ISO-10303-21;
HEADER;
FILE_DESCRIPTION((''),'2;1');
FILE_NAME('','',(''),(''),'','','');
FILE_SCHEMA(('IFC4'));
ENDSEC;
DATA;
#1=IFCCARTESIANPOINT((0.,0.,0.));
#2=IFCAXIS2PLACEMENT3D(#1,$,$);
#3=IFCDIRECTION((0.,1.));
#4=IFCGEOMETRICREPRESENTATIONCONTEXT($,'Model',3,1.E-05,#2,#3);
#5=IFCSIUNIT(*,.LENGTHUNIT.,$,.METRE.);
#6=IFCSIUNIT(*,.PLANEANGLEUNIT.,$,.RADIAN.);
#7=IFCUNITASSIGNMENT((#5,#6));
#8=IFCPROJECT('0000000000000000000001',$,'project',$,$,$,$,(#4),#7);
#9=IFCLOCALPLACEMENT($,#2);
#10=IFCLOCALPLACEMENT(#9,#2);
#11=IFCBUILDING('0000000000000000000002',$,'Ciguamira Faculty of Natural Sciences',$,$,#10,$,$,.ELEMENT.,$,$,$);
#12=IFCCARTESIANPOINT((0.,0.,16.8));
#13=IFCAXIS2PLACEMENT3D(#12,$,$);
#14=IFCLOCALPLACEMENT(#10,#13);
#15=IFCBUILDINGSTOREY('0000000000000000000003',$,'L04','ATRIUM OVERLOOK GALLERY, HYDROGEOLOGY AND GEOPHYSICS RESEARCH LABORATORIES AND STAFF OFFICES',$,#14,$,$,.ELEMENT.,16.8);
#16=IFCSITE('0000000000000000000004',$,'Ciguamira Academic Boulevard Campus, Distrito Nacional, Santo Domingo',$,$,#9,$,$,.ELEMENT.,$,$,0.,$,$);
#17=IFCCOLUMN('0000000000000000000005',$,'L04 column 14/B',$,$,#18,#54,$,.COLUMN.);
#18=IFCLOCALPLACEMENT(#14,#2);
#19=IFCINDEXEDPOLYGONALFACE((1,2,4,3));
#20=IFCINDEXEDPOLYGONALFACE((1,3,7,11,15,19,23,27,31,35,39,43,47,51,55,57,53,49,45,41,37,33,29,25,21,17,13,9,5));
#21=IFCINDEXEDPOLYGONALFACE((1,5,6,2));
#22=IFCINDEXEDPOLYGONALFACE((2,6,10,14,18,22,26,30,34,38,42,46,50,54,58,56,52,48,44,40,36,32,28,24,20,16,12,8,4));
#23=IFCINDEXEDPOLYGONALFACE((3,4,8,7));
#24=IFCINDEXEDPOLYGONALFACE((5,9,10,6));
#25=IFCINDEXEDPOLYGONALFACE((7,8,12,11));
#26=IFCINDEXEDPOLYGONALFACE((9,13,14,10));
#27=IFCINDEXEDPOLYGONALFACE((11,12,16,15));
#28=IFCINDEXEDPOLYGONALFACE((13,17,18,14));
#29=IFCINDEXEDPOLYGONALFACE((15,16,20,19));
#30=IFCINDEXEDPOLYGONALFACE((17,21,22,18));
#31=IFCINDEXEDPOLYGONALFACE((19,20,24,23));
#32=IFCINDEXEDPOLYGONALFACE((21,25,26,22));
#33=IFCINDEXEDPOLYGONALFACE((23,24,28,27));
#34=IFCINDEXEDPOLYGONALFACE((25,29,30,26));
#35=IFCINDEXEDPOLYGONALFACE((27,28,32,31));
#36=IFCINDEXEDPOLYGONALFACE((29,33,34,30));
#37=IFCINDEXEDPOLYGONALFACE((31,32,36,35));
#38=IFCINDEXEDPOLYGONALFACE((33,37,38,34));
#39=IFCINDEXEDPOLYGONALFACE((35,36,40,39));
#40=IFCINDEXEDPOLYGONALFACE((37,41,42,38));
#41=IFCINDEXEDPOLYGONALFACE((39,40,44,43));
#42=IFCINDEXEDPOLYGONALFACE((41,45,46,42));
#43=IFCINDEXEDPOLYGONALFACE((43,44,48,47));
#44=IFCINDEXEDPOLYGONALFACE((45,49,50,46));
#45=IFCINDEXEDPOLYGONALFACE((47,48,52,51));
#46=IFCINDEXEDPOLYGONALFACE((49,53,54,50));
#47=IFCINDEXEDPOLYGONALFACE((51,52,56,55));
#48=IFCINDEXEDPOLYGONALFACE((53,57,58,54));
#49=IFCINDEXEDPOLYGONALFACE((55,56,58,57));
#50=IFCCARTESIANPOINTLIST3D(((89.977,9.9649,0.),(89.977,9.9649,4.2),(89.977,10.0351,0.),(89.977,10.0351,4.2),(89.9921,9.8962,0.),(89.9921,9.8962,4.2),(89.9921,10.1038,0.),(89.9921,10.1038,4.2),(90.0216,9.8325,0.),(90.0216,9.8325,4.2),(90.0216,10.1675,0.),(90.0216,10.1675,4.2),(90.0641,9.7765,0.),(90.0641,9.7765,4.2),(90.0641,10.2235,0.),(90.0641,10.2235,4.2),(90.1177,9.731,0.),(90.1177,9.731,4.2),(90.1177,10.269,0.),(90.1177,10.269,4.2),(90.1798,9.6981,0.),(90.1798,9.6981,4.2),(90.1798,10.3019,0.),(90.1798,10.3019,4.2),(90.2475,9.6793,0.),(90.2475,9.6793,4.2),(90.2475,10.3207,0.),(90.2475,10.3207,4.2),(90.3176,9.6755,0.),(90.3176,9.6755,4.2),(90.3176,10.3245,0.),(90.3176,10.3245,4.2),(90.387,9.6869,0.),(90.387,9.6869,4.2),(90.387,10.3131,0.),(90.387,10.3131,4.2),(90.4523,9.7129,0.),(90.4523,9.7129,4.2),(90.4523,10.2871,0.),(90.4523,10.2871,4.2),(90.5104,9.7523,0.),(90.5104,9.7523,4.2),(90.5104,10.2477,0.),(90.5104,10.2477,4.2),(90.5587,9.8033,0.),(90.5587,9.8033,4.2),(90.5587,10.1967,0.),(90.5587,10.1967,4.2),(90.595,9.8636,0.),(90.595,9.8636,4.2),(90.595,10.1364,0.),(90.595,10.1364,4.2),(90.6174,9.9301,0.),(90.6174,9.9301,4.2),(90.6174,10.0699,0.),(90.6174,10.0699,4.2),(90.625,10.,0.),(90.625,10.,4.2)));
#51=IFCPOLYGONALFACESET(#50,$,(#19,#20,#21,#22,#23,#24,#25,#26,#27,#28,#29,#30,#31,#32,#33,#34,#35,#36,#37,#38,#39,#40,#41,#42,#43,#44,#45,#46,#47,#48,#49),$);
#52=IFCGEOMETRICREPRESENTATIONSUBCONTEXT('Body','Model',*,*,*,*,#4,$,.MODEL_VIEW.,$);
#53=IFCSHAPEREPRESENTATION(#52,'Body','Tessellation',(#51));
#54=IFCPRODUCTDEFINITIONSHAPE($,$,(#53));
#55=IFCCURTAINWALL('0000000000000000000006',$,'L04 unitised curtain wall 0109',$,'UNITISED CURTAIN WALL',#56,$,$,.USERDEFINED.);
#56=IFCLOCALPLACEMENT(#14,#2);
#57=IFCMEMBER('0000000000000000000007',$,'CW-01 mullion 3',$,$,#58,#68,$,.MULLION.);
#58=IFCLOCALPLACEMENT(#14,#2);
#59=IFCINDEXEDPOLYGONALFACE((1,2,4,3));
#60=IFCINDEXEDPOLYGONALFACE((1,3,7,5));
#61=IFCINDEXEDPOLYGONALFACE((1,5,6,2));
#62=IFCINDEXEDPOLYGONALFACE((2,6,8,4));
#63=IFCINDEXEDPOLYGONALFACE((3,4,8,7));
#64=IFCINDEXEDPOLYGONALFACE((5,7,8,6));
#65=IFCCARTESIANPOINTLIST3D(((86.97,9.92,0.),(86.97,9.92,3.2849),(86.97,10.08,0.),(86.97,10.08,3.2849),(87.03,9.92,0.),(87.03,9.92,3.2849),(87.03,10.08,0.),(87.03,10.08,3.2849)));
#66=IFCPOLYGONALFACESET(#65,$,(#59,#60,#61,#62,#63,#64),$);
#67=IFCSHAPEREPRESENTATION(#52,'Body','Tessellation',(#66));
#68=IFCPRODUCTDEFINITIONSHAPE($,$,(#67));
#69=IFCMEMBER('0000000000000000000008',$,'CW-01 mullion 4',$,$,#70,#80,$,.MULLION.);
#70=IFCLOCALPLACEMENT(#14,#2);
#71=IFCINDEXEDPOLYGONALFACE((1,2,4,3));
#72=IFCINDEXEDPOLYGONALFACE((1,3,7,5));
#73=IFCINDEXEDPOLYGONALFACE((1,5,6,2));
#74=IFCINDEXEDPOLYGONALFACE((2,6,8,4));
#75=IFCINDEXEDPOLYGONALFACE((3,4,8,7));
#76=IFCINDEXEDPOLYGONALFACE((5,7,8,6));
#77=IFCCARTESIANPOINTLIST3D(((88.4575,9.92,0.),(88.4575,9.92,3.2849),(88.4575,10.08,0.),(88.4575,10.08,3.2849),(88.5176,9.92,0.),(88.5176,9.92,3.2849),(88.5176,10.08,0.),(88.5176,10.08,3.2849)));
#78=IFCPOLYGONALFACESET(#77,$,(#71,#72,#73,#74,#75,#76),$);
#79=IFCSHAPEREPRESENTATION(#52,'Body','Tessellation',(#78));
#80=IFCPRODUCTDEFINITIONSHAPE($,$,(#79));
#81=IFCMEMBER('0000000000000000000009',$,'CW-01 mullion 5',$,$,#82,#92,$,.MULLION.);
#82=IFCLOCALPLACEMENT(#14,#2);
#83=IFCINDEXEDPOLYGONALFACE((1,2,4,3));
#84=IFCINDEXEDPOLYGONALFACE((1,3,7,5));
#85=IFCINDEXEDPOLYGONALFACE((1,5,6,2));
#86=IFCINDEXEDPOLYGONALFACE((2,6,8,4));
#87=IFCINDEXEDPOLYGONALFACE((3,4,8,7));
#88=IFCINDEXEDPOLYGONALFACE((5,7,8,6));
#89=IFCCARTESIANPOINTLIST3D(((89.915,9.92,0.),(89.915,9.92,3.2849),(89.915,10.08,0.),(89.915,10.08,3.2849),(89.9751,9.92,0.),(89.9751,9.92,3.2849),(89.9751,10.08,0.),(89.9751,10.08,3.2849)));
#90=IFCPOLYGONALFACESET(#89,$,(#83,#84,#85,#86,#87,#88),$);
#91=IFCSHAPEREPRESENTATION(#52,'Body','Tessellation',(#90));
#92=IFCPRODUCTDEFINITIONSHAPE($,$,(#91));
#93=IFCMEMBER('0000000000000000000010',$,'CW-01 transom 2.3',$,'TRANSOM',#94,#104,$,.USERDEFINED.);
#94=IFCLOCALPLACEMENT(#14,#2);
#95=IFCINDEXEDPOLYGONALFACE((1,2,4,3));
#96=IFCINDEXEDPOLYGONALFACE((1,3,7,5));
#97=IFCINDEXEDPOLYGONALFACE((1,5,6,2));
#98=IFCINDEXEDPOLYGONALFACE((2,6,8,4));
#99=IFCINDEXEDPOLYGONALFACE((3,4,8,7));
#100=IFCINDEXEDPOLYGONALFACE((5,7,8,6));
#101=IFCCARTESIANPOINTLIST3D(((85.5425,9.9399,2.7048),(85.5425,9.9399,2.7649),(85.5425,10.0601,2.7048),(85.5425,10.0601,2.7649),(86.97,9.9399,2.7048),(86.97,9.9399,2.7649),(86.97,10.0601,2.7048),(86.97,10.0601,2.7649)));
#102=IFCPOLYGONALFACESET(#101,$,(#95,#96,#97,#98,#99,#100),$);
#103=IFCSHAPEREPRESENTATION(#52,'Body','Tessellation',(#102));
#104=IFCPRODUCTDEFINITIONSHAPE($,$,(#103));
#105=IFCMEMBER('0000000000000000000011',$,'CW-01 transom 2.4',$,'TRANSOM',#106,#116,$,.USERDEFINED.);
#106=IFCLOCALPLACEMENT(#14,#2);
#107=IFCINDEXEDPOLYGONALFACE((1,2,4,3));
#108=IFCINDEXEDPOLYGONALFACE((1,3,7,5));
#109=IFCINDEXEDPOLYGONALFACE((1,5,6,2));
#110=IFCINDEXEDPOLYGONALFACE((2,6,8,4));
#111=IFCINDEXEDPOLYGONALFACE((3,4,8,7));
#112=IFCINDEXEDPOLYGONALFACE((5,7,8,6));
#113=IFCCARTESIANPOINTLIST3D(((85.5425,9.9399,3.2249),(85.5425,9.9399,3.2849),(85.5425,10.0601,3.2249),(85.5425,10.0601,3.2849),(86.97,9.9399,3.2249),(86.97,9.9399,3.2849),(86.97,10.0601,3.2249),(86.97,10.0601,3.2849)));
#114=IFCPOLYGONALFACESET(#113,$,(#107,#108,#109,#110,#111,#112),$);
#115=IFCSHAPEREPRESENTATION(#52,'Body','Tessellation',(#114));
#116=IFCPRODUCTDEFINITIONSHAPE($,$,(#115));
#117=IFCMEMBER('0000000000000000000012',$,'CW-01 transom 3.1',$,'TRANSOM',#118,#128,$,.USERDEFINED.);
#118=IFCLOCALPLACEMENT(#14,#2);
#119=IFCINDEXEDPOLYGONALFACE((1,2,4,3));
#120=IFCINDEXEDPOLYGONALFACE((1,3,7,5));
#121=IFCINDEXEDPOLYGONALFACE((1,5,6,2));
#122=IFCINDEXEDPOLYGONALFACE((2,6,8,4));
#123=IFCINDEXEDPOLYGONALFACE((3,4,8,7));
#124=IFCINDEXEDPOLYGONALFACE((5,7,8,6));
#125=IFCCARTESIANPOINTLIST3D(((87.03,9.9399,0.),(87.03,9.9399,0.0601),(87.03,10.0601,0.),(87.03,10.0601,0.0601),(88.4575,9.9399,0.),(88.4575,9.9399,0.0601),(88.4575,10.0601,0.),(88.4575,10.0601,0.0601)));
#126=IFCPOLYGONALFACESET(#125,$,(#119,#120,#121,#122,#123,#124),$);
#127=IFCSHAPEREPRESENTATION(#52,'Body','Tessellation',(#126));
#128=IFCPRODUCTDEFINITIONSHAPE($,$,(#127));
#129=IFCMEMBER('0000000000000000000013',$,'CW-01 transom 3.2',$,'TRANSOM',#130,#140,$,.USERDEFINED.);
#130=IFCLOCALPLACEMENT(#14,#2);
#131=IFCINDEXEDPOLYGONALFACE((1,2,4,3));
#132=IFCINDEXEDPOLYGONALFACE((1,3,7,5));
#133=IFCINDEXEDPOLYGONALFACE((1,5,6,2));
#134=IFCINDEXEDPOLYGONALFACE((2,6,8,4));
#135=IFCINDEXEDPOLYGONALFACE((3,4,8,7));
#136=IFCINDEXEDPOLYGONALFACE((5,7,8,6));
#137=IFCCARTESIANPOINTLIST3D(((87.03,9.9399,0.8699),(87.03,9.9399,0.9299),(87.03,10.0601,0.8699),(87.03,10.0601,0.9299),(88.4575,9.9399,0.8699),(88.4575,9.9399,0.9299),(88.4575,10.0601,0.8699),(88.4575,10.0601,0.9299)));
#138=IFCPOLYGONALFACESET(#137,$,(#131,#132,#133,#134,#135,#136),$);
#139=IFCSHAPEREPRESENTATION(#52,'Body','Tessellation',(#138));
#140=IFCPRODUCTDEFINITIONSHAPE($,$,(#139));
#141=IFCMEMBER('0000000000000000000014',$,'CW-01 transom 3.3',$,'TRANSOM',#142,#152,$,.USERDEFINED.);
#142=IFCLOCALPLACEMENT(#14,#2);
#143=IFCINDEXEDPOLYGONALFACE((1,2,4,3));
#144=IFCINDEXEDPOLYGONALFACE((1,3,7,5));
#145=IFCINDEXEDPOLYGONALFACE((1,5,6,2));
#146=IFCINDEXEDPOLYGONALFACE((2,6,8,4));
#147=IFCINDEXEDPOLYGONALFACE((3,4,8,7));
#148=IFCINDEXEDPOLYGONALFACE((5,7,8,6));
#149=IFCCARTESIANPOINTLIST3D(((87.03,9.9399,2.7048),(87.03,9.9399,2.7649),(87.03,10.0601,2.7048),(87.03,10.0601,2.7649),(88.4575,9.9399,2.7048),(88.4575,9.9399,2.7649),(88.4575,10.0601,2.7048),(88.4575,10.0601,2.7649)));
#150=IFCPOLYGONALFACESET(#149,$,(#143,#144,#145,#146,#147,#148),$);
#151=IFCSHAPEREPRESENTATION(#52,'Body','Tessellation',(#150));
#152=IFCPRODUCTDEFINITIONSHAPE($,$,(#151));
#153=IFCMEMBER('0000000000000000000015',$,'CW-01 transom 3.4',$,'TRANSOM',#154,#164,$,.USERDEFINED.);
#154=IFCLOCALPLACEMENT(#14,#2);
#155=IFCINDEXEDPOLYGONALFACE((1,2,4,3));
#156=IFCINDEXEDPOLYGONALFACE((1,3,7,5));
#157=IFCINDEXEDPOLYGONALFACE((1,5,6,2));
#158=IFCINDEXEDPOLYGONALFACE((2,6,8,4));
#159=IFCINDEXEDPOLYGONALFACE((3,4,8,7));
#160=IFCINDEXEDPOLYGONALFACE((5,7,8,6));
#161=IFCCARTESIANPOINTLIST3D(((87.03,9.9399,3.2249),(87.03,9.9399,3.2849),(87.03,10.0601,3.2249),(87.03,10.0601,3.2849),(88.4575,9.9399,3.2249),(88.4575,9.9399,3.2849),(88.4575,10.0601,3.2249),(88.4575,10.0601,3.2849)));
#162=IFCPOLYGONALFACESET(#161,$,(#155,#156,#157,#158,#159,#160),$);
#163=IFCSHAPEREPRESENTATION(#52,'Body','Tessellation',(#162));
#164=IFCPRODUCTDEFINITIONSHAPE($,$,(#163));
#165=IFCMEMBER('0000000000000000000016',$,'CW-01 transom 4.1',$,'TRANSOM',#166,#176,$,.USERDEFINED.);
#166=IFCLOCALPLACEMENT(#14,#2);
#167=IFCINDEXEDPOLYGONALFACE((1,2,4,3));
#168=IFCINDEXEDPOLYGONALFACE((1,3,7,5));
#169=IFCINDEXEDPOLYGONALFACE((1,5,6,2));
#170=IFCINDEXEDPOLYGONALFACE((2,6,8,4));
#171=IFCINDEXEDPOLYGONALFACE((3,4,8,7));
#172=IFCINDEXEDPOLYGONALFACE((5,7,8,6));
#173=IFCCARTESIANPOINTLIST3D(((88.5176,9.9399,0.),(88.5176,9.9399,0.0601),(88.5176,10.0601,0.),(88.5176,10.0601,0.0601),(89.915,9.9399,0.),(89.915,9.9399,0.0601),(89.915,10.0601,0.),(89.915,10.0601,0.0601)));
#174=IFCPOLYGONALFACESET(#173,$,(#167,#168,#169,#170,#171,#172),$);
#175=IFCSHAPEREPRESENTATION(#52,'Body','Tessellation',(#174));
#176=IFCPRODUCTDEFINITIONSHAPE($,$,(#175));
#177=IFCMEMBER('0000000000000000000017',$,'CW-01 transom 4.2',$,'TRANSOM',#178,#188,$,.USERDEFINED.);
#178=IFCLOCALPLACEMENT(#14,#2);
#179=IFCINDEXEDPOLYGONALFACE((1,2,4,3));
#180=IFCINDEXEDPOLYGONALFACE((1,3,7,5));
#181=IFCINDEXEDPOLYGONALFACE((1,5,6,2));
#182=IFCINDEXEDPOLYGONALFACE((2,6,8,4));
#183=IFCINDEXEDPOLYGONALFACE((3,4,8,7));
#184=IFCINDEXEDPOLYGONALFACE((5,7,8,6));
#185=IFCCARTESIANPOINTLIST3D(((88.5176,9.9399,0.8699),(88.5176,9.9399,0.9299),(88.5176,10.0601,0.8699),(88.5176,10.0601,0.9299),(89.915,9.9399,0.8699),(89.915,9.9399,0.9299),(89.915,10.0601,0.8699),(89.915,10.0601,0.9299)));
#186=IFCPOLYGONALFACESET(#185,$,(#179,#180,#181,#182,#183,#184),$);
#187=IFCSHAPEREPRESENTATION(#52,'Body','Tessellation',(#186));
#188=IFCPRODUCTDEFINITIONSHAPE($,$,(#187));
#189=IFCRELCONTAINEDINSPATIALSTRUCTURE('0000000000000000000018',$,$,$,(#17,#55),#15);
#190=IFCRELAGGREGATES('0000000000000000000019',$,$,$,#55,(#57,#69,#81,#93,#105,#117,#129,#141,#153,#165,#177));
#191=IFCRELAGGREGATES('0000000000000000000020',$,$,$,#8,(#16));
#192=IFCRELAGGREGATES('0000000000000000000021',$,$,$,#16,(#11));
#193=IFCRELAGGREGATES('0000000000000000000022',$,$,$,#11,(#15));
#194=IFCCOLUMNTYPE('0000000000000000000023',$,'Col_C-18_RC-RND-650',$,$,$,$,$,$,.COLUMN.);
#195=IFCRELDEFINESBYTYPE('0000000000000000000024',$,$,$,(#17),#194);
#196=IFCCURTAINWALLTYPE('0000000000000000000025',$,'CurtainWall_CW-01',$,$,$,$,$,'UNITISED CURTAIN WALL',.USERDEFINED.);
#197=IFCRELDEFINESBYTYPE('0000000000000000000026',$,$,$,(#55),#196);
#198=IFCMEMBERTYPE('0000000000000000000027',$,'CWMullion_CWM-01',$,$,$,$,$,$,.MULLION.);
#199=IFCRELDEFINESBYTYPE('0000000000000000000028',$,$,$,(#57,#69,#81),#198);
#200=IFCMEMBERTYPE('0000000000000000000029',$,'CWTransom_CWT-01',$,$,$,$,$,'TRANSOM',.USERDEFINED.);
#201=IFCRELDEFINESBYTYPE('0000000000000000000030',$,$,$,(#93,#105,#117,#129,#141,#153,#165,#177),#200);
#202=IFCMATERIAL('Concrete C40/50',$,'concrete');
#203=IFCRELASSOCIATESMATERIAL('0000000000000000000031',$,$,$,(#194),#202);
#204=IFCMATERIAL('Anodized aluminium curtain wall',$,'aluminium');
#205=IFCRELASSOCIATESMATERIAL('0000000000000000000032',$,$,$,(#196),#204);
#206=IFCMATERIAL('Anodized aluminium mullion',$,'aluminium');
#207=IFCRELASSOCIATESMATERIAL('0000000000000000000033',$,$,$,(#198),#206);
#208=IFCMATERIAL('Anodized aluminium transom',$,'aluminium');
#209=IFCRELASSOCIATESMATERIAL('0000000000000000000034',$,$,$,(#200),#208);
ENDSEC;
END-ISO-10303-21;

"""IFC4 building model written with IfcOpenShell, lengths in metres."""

from ifc_helpers import new_model, si_unit, direction, frame, origin, origin_2d, place, context, subcontext, project, spatial, rectangle, circle, extrude, material, material_profile, profile_set, type_object, element, aggregate, save


model = new_model("IFC4")

# Units and contexts
model_context = context("Model", 3, precision=1e-05, world=origin(), true_north=direction((0.0, 1.0)))
body_context = subcontext(model_context, "Body", "Model", "MODEL_VIEW")
ifc_project = project(units=[si_unit("LENGTHUNIT", "METRE"), si_unit("PLANEANGLEUNIT", "RADIAN")], contexts=[model_context])

# Site, building, storey
site_placement = place(None, origin())
site = spatial("IfcSite", under=ifc_project, at=site_placement, Name="Ciguamira Academic Boulevard Campus, Distrito Nacional, Santo Domingo", CompositionType="ELEMENT", RefElevation=0.0)
building_placement = place(site_placement, origin())
building = spatial("IfcBuilding", under=site, at=building_placement, Name="Ciguamira Faculty of Natural Sciences", CompositionType="ELEMENT")
storey_placement = place(building_placement, frame((0.0, 0.0, 16.8)))
storey = spatial("IfcBuildingStorey", under=building, at=storey_placement, Name="L04", Description="ATRIUM OVERLOOK GALLERY, HYDROGEOLOGY AND GEOPHYSICS RESEARCH LABORATORIES AND STAFF OFFICES", CompositionType="ELEMENT", Elevation=16.8)

# Column
ifc_material_1 = material(Name="Concrete C40/50", Category="concrete")
ifc_material_profile_1 = material_profile(ifc_material_1, circle(Radius=0.325, at=origin_2d()), Name="RC-RND-650")
ifc_profile_set_1 = profile_set([ifc_material_profile_1], Name="Concrete C40/50")
column_type = type_object("IfcColumnType", Name="Col_C-18_RC-RND-650", PredefinedType="COLUMN", material=ifc_profile_set_1)
column_placement = place(storey_placement, frame((90.3, 10.0, 0.0), z_axis=(0.0, 0.0, 1.0), x_axis=(1.0, 0.0, 0.0)))
element("IfcColumn", 1, at=column_placement, inside=storey, type_object=column_type, Name="L04 column 14/B", PredefinedType="COLUMN", context=body_context, shape_type="SweptSolid", body=[
    extrude(circle(Radius=0.325, at=origin_2d()), origin(), (0.0, 0.0, 1.0), 4.2),
])

# Curtain wall, members
ifc_material_2 = material(Name="Anodized aluminium curtain wall", Category="aluminium")
curtain_wall_type = type_object("IfcCurtainWallType", Name="CurtainWall_CW-01", ElementType="UNITISED CURTAIN WALL", PredefinedType="USERDEFINED", material=ifc_material_2)
curtain_wall_placement = place(storey_placement, origin())
curtain_wall = element("IfcCurtainWall", 2, at=curtain_wall_placement, inside=storey, type_object=curtain_wall_type, Name="L04 unitised curtain wall 0109", ObjectType="UNITISED CURTAIN WALL", PredefinedType="USERDEFINED")
ifc_material_3 = material(Name="Anodized aluminium mullion", Category="aluminium")
ifc_material_profile_2 = material_profile(ifc_material_3, rectangle(XDim=0.0601, YDim=0.1599, at=origin_2d()), Name="ALU-MUL-60X160")
ifc_profile_set_2 = profile_set([ifc_material_profile_2], Name="Anodized aluminium mullion")
member_type_1 = type_object("IfcMemberType", Name="CWMullion_CWM-01", PredefinedType="MULLION", material=ifc_profile_set_2)
member_1_placement = place(storey_placement, frame((87.0, 10.0, 0.0), z_axis=(0.0, 0.0, 1.0), x_axis=(1.0, 0.0, 0.0)))
member_1 = element("IfcMember", 3, at=member_1_placement, type_object=member_type_1, Name="CW-01 mullion 3", PredefinedType="MULLION", context=body_context, shape_type="SweptSolid", body=[
    extrude(rectangle(XDim=0.0601, YDim=0.1599, at=origin_2d()), origin(), (0.0, 0.0, 1.0), 3.2849),
])
member_2_placement = place(storey_placement, frame((88.4875, 10.0, 0.0), z_axis=(0.0, 0.0, 1.0), x_axis=(1.0, 0.0, 0.0)))
member_2 = element("IfcMember", 4, at=member_2_placement, type_object=member_type_1, Name="CW-01 mullion 4", PredefinedType="MULLION", context=body_context, shape_type="SweptSolid", body=[
    extrude(rectangle(XDim=0.0601, YDim=0.1599, at=origin_2d()), origin(), (0.0, 0.0, 1.0), 3.2849),
])
member_3_placement = place(storey_placement, frame((89.9451, 10.0, 0.0), z_axis=(0.0, 0.0, 1.0), x_axis=(1.0, 0.0, 0.0)))
member_3 = element("IfcMember", 5, at=member_3_placement, type_object=member_type_1, Name="CW-01 mullion 5", PredefinedType="MULLION", context=body_context, shape_type="SweptSolid", body=[
    extrude(rectangle(XDim=0.0601, YDim=0.1599, at=origin_2d()), origin(), (0.0, 0.0, 1.0), 3.2849),
])
ifc_material_4 = material(Name="Anodized aluminium transom", Category="aluminium")
ifc_material_profile_3 = material_profile(ifc_material_4, rectangle(XDim=0.0601, YDim=0.1201, at=origin_2d()), Name="ALU-TRN-60X120")
ifc_profile_set_3 = profile_set([ifc_material_profile_3], Name="Anodized aluminium transom")
member_type_2 = type_object("IfcMemberType", Name="CWTransom_CWT-01", ElementType="TRANSOM", PredefinedType="USERDEFINED", material=ifc_profile_set_3)
member_4_placement = place(storey_placement, frame((85.5425, 10.0, 2.7349), z_axis=(1.0, 0.0, 0.0), x_axis=(0.0, 0.0, 1.0)))
member_4 = element("IfcMember", 6, at=member_4_placement, type_object=member_type_2, Name="CW-01 transom 2.3", ObjectType="TRANSOM", PredefinedType="USERDEFINED", context=body_context, shape_type="SweptSolid", body=[
    extrude(rectangle(XDim=0.0601, YDim=0.1201, at=origin_2d()), origin(), (0.0, 0.0, 1.0), 1.4275),
])
member_5_placement = place(storey_placement, frame((85.5425, 10.0, 3.2549), z_axis=(1.0, 0.0, 0.0), x_axis=(0.0, 0.0, 1.0)))
member_5 = element("IfcMember", 7, at=member_5_placement, type_object=member_type_2, Name="CW-01 transom 2.4", ObjectType="TRANSOM", PredefinedType="USERDEFINED", context=body_context, shape_type="SweptSolid", body=[
    extrude(rectangle(XDim=0.0601, YDim=0.1201, at=origin_2d()), origin(), (0.0, 0.0, 1.0), 1.4275),
])
member_6_placement = place(storey_placement, frame((87.03, 10.0, 0.03), z_axis=(1.0, 0.0, 0.0), x_axis=(0.0, 0.0, 1.0)))
member_6 = element("IfcMember", 8, at=member_6_placement, type_object=member_type_2, Name="CW-01 transom 3.1", ObjectType="TRANSOM", PredefinedType="USERDEFINED", context=body_context, shape_type="SweptSolid", body=[
    extrude(rectangle(XDim=0.0601, YDim=0.1201, at=origin_2d()), origin(), (0.0, 0.0, 1.0), 1.4275),
])
member_7_placement = place(storey_placement, frame((87.03, 10.0, 0.8999), z_axis=(1.0, 0.0, 0.0), x_axis=(0.0, 0.0, 1.0)))
member_7 = element("IfcMember", 9, at=member_7_placement, type_object=member_type_2, Name="CW-01 transom 3.2", ObjectType="TRANSOM", PredefinedType="USERDEFINED", context=body_context, shape_type="SweptSolid", body=[
    extrude(rectangle(XDim=0.0601, YDim=0.1201, at=origin_2d()), origin(), (0.0, 0.0, 1.0), 1.4275),
])
member_8_placement = place(storey_placement, frame((87.03, 10.0, 2.7349), z_axis=(1.0, 0.0, 0.0), x_axis=(0.0, 0.0, 1.0)))
member_8 = element("IfcMember", 10, at=member_8_placement, type_object=member_type_2, Name="CW-01 transom 3.3", ObjectType="TRANSOM", PredefinedType="USERDEFINED", context=body_context, shape_type="SweptSolid", body=[
    extrude(rectangle(XDim=0.0601, YDim=0.1201, at=origin_2d()), origin(), (0.0, 0.0, 1.0), 1.4275),
])
member_9_placement = place(storey_placement, frame((87.03, 10.0, 3.2549), z_axis=(1.0, 0.0, 0.0), x_axis=(0.0, 0.0, 1.0)))
member_9 = element("IfcMember", 11, at=member_9_placement, type_object=member_type_2, Name="CW-01 transom 3.4", ObjectType="TRANSOM", PredefinedType="USERDEFINED", context=body_context, shape_type="SweptSolid", body=[
    extrude(rectangle(XDim=0.0601, YDim=0.1201, at=origin_2d()), origin(), (0.0, 0.0, 1.0), 1.4275),
])
member_10_placement = place(storey_placement, frame((88.5176, 10.0, 0.03), z_axis=(1.0, 0.0, 0.0), x_axis=(0.0, 0.0, 1.0)))
member_10 = element("IfcMember", 12, at=member_10_placement, type_object=member_type_2, Name="CW-01 transom 4.1", ObjectType="TRANSOM", PredefinedType="USERDEFINED", context=body_context, shape_type="SweptSolid", body=[
    extrude(rectangle(XDim=0.0601, YDim=0.1201, at=origin_2d()), origin(), (0.0, 0.0, 1.0), 1.3975),
])
member_11_placement = place(storey_placement, frame((88.5176, 10.0, 0.8999), z_axis=(1.0, 0.0, 0.0), x_axis=(0.0, 0.0, 1.0)))
member_11 = element("IfcMember", 13, at=member_11_placement, type_object=member_type_2, Name="CW-01 transom 4.2", ObjectType="TRANSOM", PredefinedType="USERDEFINED", context=body_context, shape_type="SweptSolid", body=[
    extrude(rectangle(XDim=0.0601, YDim=0.1201, at=origin_2d()), origin(), (0.0, 0.0, 1.0), 1.3975),
])
aggregate(curtain_wall, [member_1, member_2, member_3, member_4, member_5, member_6, member_7, member_8, member_9, member_10, member_11])

save(model, "model.ifc")
